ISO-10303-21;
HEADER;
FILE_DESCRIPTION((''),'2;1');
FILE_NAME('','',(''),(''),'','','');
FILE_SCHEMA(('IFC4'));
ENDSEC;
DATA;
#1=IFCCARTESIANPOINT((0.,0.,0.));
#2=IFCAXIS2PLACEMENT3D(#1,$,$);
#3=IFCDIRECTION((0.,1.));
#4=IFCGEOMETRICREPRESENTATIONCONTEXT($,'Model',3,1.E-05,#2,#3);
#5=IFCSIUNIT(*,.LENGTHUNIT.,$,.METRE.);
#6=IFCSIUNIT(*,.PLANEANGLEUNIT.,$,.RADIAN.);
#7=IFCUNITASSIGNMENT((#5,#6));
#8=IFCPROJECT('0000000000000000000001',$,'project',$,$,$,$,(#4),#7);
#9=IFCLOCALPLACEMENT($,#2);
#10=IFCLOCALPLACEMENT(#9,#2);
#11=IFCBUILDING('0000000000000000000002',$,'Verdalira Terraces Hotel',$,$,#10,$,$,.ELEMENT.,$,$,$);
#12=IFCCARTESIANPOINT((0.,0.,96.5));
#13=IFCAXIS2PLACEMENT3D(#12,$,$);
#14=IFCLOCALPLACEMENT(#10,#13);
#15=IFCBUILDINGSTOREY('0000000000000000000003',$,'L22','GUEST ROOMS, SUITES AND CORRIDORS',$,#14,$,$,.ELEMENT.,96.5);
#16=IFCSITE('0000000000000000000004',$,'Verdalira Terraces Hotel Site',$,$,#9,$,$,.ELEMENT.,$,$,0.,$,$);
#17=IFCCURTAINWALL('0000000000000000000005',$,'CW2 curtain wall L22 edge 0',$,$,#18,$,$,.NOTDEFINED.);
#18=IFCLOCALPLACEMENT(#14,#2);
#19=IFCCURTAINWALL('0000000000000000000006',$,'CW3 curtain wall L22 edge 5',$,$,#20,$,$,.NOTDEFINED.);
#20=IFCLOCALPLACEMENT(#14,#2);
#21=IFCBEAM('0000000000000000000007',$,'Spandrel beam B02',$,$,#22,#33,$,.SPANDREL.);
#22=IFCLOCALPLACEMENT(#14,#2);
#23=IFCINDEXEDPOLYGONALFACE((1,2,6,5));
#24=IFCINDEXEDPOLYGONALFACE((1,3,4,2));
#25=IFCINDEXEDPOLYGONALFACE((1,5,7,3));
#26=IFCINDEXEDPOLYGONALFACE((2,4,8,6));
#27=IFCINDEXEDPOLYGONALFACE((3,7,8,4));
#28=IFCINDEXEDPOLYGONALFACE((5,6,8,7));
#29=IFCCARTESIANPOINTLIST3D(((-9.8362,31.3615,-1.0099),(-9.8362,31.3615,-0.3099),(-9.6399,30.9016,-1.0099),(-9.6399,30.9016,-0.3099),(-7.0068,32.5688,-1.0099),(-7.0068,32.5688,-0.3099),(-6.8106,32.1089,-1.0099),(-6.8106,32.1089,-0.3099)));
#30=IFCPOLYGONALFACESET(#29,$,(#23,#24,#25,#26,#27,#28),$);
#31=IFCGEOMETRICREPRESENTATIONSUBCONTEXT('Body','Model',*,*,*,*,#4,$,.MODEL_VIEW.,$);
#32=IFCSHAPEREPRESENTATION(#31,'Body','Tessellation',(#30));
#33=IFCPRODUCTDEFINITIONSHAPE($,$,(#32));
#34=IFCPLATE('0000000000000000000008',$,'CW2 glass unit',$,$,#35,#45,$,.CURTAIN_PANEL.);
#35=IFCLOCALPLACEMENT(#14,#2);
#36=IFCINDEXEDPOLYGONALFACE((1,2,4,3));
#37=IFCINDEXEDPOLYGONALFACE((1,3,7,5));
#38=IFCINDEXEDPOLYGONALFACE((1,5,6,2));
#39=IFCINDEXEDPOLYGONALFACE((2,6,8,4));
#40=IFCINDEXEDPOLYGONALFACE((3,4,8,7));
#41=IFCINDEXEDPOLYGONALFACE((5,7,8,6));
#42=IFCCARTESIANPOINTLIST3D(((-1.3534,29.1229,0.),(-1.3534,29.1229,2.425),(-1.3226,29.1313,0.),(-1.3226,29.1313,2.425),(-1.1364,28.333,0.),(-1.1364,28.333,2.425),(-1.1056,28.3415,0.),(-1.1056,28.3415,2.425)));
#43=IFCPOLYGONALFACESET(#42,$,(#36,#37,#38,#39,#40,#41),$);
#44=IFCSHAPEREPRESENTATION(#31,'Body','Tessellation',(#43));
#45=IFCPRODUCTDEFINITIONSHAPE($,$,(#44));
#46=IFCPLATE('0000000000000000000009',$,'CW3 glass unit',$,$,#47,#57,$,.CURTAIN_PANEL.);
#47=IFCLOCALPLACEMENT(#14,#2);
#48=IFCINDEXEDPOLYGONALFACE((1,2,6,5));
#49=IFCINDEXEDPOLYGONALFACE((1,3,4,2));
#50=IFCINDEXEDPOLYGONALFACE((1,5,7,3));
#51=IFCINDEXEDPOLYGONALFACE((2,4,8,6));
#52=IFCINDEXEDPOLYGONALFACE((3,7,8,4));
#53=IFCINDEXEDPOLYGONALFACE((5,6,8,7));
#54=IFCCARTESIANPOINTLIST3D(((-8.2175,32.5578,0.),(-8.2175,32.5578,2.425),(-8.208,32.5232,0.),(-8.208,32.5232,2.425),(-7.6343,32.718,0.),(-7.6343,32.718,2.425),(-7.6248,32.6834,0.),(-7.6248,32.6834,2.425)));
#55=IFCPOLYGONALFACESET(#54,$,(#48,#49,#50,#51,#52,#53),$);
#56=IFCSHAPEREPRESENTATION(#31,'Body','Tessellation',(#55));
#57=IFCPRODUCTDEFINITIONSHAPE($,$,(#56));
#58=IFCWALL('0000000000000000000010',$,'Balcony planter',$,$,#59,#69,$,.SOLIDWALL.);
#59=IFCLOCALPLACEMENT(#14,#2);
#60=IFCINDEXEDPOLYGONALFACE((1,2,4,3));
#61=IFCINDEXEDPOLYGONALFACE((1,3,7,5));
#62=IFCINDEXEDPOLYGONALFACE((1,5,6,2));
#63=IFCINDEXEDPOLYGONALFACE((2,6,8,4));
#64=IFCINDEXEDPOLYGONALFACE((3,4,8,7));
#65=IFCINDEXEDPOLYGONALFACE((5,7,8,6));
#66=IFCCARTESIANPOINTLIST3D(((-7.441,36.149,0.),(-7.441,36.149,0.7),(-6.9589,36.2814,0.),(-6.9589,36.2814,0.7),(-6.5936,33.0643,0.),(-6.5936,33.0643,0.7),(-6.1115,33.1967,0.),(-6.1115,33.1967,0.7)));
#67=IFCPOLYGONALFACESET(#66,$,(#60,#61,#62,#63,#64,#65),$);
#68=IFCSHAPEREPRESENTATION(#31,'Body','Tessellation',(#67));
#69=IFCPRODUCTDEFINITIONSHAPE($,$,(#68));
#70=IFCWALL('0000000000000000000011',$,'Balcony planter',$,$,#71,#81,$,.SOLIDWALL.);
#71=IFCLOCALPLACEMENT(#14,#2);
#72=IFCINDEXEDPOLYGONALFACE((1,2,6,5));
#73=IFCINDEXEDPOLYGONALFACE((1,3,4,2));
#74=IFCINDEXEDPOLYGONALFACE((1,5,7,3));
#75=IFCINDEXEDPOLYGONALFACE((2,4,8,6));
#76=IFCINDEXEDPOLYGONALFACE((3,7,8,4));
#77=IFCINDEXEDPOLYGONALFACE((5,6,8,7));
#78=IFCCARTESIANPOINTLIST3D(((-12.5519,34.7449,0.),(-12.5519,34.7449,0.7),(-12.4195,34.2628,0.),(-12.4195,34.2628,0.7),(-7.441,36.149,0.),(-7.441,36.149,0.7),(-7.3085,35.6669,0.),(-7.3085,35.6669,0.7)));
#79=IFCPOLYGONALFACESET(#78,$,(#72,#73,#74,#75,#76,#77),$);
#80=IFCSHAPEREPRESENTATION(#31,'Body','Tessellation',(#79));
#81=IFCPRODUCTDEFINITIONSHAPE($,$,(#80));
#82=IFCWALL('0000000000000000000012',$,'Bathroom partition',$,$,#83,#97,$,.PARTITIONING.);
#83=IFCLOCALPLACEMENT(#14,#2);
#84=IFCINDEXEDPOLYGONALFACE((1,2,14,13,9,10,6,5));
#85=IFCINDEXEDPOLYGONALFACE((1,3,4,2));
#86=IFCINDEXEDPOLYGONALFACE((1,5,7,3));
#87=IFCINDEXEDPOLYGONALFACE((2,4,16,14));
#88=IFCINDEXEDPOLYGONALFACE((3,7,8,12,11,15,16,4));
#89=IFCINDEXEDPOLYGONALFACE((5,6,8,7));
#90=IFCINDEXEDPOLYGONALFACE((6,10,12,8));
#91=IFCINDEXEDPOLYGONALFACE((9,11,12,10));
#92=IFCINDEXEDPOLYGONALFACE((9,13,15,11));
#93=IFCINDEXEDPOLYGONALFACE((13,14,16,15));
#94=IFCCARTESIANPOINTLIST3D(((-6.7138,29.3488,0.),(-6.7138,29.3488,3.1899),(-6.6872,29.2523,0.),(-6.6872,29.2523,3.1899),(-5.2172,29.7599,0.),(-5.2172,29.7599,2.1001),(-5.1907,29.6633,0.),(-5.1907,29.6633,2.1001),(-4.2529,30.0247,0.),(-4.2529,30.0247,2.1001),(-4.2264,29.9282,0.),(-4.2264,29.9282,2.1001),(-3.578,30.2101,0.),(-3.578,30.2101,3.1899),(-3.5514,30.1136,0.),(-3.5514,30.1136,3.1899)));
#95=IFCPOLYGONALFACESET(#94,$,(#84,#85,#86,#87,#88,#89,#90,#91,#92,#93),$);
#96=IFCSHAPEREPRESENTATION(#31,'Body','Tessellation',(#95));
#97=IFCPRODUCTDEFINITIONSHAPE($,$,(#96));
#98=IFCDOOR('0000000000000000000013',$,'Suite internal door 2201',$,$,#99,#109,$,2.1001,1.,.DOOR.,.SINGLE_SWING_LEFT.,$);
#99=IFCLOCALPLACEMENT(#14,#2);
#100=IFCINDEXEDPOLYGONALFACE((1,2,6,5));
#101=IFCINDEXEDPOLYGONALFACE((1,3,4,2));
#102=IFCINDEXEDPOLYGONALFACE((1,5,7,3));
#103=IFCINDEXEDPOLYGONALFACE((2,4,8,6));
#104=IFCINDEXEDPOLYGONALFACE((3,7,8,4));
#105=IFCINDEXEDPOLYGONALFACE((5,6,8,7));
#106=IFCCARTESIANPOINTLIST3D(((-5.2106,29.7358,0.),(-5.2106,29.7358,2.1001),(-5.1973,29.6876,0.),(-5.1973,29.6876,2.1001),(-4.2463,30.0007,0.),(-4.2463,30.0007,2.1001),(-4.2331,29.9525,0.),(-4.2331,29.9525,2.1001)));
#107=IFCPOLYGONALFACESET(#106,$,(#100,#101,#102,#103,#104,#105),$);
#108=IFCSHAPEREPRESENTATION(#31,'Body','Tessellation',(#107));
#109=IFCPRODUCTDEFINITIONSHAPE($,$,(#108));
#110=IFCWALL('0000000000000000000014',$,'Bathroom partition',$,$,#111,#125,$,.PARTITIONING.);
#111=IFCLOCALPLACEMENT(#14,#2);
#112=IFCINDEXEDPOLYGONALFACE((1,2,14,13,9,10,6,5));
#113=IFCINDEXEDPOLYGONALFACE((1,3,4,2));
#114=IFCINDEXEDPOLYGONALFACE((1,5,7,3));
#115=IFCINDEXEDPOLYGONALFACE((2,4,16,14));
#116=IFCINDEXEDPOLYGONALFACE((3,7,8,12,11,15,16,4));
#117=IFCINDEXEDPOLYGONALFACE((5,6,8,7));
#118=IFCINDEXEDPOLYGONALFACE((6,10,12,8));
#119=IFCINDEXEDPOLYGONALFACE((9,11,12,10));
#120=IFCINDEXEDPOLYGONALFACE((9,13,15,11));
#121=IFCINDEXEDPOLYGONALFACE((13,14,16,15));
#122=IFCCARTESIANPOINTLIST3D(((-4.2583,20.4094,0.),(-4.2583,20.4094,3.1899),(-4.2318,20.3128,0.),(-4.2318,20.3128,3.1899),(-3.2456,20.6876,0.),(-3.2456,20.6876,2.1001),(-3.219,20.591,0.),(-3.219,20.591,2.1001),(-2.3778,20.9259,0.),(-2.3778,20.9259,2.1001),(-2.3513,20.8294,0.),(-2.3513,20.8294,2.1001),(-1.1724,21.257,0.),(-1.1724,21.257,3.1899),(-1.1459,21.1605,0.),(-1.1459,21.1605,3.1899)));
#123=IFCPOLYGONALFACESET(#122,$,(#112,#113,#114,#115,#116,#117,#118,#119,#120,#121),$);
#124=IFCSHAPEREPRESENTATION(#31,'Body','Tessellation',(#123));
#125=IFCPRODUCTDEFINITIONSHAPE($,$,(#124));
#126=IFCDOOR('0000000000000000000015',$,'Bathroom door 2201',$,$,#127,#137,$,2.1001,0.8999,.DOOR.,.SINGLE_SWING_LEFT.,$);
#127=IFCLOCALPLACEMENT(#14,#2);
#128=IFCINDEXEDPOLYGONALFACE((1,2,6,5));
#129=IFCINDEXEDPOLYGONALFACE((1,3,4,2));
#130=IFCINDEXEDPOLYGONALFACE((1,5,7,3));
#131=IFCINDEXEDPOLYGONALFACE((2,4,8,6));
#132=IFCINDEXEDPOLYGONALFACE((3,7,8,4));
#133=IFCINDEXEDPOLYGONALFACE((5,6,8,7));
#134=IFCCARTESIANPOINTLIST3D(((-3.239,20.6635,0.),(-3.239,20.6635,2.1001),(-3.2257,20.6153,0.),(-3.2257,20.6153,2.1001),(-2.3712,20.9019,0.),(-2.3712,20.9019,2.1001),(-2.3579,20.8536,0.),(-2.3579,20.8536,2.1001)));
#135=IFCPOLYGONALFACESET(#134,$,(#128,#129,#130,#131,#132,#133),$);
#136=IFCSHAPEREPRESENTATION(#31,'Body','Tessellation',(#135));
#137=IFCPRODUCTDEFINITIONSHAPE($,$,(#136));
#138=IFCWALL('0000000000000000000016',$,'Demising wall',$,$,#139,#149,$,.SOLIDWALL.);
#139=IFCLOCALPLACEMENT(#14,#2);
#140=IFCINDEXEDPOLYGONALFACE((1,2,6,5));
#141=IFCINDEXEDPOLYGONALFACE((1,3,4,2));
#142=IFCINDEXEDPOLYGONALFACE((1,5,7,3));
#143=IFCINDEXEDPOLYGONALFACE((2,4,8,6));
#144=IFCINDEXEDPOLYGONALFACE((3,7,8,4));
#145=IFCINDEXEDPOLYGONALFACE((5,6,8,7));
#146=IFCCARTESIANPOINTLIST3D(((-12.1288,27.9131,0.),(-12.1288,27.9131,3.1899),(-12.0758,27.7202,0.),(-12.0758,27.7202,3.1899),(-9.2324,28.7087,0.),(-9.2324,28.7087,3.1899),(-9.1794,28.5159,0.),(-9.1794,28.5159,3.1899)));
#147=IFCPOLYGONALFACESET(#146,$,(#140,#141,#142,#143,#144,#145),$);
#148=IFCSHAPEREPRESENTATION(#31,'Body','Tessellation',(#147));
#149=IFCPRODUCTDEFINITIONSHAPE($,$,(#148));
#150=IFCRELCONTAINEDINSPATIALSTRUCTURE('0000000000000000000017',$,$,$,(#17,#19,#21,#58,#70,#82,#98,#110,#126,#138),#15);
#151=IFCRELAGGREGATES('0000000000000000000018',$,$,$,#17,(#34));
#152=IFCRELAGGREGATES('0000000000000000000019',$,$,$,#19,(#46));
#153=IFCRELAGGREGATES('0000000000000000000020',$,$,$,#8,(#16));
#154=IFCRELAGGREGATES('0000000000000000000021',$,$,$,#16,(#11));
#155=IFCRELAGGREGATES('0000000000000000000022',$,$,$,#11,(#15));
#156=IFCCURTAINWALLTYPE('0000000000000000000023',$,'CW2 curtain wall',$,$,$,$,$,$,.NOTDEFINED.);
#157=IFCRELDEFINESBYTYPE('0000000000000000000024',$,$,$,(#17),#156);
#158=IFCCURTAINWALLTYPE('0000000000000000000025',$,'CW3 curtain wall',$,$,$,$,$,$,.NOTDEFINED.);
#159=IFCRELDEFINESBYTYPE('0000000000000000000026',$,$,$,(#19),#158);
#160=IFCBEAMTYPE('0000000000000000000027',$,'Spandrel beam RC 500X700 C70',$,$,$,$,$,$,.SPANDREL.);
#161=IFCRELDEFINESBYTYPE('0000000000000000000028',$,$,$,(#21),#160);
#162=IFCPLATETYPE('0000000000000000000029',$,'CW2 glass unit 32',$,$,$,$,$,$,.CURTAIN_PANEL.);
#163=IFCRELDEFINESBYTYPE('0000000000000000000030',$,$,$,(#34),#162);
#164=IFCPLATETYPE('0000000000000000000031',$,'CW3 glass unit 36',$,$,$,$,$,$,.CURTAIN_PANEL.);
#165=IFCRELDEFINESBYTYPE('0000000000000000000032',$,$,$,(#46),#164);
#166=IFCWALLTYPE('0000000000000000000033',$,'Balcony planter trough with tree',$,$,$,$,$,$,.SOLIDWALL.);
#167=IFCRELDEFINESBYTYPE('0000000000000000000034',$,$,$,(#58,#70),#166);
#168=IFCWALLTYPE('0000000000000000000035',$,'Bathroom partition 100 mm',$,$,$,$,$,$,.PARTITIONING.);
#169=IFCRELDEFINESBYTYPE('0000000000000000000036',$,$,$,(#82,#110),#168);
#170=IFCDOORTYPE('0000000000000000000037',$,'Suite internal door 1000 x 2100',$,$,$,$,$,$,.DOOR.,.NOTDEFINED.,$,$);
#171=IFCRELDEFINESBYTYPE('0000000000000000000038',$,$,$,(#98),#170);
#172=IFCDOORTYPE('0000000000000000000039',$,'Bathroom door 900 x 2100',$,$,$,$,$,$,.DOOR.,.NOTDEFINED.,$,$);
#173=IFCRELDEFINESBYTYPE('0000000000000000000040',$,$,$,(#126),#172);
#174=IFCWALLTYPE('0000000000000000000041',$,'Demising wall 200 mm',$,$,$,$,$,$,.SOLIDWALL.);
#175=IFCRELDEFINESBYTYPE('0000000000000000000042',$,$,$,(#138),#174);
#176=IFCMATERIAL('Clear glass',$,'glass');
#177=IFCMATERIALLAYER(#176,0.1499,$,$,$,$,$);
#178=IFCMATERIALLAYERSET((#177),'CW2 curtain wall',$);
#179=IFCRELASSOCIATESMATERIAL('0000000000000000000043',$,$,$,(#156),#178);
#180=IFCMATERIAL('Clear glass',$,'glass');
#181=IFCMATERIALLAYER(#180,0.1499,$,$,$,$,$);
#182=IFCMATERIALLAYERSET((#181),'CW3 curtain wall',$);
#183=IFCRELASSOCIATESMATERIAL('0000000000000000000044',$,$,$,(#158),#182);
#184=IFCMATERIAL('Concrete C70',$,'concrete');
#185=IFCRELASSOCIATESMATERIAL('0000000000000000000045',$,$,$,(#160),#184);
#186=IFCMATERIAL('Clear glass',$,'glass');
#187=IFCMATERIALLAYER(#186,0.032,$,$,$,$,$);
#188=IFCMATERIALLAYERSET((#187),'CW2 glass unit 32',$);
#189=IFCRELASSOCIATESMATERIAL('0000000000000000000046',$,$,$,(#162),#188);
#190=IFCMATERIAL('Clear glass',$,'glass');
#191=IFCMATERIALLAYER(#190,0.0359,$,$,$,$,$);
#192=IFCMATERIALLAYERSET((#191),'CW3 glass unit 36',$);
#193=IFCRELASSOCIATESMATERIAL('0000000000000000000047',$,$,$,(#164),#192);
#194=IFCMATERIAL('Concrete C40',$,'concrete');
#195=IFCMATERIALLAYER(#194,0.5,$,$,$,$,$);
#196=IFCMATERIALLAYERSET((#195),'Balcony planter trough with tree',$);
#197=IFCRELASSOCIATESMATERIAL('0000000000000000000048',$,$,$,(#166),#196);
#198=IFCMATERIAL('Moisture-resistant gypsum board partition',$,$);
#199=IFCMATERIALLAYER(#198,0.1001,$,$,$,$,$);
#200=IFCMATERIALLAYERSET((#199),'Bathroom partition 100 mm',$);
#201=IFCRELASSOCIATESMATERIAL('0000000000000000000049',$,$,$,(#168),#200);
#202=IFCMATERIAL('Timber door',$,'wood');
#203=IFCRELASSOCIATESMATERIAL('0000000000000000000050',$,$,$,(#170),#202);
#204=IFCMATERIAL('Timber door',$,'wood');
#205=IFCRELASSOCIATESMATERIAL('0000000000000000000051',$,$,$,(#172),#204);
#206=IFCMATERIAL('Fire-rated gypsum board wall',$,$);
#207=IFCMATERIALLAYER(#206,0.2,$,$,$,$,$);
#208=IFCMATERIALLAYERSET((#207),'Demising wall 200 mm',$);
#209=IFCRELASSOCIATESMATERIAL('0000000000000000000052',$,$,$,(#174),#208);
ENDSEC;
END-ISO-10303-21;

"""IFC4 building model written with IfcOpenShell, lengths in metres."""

from ifc_helpers import new_model, si_unit, direction, frame, frame_2d, origin, origin_2d, place, context, subcontext, project, spatial, rectangle, extrude, material, layer, layer_set, material_profile, profile_set, type_object, element, fill, aggregate, save


model = new_model("IFC4")

# Units and contexts
model_context = context("Model", 3, precision=1e-05, world=origin(), true_north=direction((0.0, 1.0)))
body_context = subcontext(model_context, "Body", "Model", "MODEL_VIEW")
ifc_project = project(units=[si_unit("LENGTHUNIT", "METRE"), si_unit("PLANEANGLEUNIT", "RADIAN")], contexts=[model_context])

# Site, building, storey
site_placement = place(None, origin())
site = spatial("IfcSite", under=ifc_project, at=site_placement, Name="Verdalira Terraces Hotel Site", CompositionType="ELEMENT", RefElevation=0.0)
building_placement = place(site_placement, origin())
building = spatial("IfcBuilding", under=site, at=building_placement, Name="Verdalira Terraces Hotel", CompositionType="ELEMENT")
storey_placement = place(building_placement, frame((0.0, 0.0, 96.5)))
storey = spatial("IfcBuildingStorey", under=building, at=storey_placement, Name="L22", Description="GUEST ROOMS, SUITES AND CORRIDORS", CompositionType="ELEMENT", Elevation=96.5)

# Curtain wall
ifc_material_1 = material(Name="Clear glass", Category="glass")
ifc_layer_1 = layer(ifc_material_1, 0.1499)
ifc_layer_set_1 = layer_set([ifc_layer_1], Name="CW2 curtain wall")
curtain_wall_type_1 = type_object("IfcCurtainWallType", Name="CW2 curtain wall", PredefinedType="NOTDEFINED", material=ifc_layer_set_1)
curtain_wall_1_placement = place(storey_placement, origin())
curtain_wall_1 = element("IfcCurtainWall", 1, at=curtain_wall_1_placement, inside=storey, type_object=curtain_wall_type_1, Name="CW2 curtain wall L22 edge 0", PredefinedType="NOTDEFINED")

# Curtain wall
ifc_material_2 = material(Name="Clear glass", Category="glass")
ifc_layer_2 = layer(ifc_material_2, 0.1499)
ifc_layer_set_2 = layer_set([ifc_layer_2], Name="CW3 curtain wall")
curtain_wall_type_2 = type_object("IfcCurtainWallType", Name="CW3 curtain wall", PredefinedType="NOTDEFINED", material=ifc_layer_set_2)
curtain_wall_2_placement = place(storey_placement, origin())
curtain_wall_2 = element("IfcCurtainWall", 2, at=curtain_wall_2_placement, inside=storey, type_object=curtain_wall_type_2, Name="CW3 curtain wall L22 edge 5", PredefinedType="NOTDEFINED")

# Beam
ifc_material_3 = material(Name="Concrete C70", Category="concrete")
ifc_material_profile_1 = material_profile(ifc_material_3, rectangle(XDim=0.5, YDim=0.7, at=origin_2d()), Name="RC 500X700")
ifc_profile_set_1 = profile_set([ifc_material_profile_1], Name="Concrete C70")
beam_type_1 = type_object("IfcBeamType", Name="Spandrel beam RC 500X700 C70", PredefinedType="SPANDREL", material=ifc_profile_set_1)
beam_1_placement = place(storey_placement, frame((-6.9087, 32.3389, -0.6599), z_axis=(-0.919768, -0.392463, 0.0), x_axis=(0.392463, -0.919768, 0.0)))
element("IfcBeam", 3, at=beam_1_placement, inside=storey, type_object=beam_type_1, Name="Spandrel beam B02", PredefinedType="SPANDREL", context=body_context, shape_type="SweptSolid", body=[
    extrude(rectangle(XDim=0.5, YDim=0.7, at=origin_2d()), origin(), (0.0, 0.0, 1.0), 3.0762),
])

# Plates
ifc_material_4 = material(Name="Clear glass", Category="glass")
ifc_layer_3 = layer(ifc_material_4, 0.032)
ifc_layer_set_3 = layer_set([ifc_layer_3], Name="CW2 glass unit 32")
plate_type_1 = type_object("IfcPlateType", Name="CW2 glass unit 32", PredefinedType="CURTAIN_PANEL", material=ifc_layer_set_3)
plate_1_placement = place(storey_placement, frame((-1.2295, 28.7322, 0.0), z_axis=(0.0, 0.0, 1.0), x_axis=(-0.264883, 0.964281, 0.0)))
plate_1 = element("IfcPlate", 4, at=plate_1_placement, type_object=plate_type_1, Name="CW2 glass unit", PredefinedType="CURTAIN_PANEL", context=body_context, shape_type="SweptSolid", body=[
    extrude(rectangle(XDim=0.8191, YDim=0.032, at=origin_2d()), origin(), (0.0, 0.0, 1.0), 2.425),
])
aggregate(curtain_wall_1, [plate_1])
ifc_material_5 = material(Name="Clear glass", Category="glass")
ifc_layer_4 = layer(ifc_material_5, 0.0359)
ifc_layer_set_4 = layer_set([ifc_layer_4], Name="CW3 glass unit 36")
plate_type_2 = type_object("IfcPlateType", Name="CW3 glass unit 36", PredefinedType="CURTAIN_PANEL", material=ifc_layer_set_4)
plate_2_placement = place(storey_placement, frame((-7.9211, 32.6206, 0.0), z_axis=(0.0, 0.0, 1.0), x_axis=(-0.964281, -0.264883, 0.0)))
plate_2 = element("IfcPlate", 5, at=plate_2_placement, type_object=plate_type_2, Name="CW3 glass unit", PredefinedType="CURTAIN_PANEL", context=body_context, shape_type="SweptSolid", body=[
    extrude(rectangle(XDim=0.6047, YDim=0.0359, at=origin_2d()), origin(), (0.0, 0.0, 1.0), 2.425),
])
aggregate(curtain_wall_2, [plate_2])

# Walls
ifc_material_6 = material(Name="Concrete C40", Category="concrete")
ifc_layer_5 = layer(ifc_material_6, 0.5)
ifc_layer_set_5 = layer_set([ifc_layer_5], Name="Balcony planter trough with tree")
wall_type_1 = type_object("IfcWallType", Name="Balcony planter trough with tree", PredefinedType="SOLIDWALL", material=ifc_layer_set_5)
wall_1_placement = place(storey_placement, frame((-6.3525, 33.1304, 0.0), z_axis=(0.0, 0.0, 1.0), x_axis=(-0.264899, 0.964276, 0.0)))
element("IfcWall", 6, at=wall_1_placement, inside=storey, type_object=wall_type_1, Name="Balcony planter", PredefinedType="SOLIDWALL", context=body_context, shape_type="SweptSolid", body=[
    extrude(rectangle(XDim=3.199, YDim=0.5, at=frame_2d((1.5996, 0.0))), origin(), (0.0, 0.0, 1.0), 0.7),
])
wall_2_placement = place(storey_placement, frame((-7.3748, 35.908, 0.0), z_axis=(0.0, 0.0, 1.0), x_axis=(-0.964274, -0.264906, 0.0)))
element("IfcWall", 7, at=wall_2_placement, inside=storey, type_object=wall_type_1, Name="Balcony planter", PredefinedType="SOLIDWALL", context=body_context, shape_type="SweptSolid", body=[
    extrude(rectangle(XDim=5.3003, YDim=0.5, at=frame_2d((2.6501, 0.0))), origin(), (0.0, 0.0, 1.0), 0.7),
])

# Walls, openings, doors
ifc_material_7 = material(Name="Moisture-resistant gypsum board partition")
ifc_layer_6 = layer(ifc_material_7, 0.1001)
ifc_layer_set_6 = layer_set([ifc_layer_6], Name="Bathroom partition 100 mm")
wall_type_2 = type_object("IfcWallType", Name="Bathroom partition 100 mm", PredefinedType="PARTITIONING", material=ifc_layer_set_6)
wall_3_placement = place(storey_placement, frame((-3.5647, 30.1619, 0.0), z_axis=(0.0, 0.0, 1.0), x_axis=(-0.964284, -0.26487, 0.0)))
wall_3 = element("IfcWall", 8, at=wall_3_placement, inside=storey, type_object=wall_type_2, Name="Bathroom partition", PredefinedType="PARTITIONING", context=body_context, shape_type="SweptSolid", body=[
    extrude(rectangle(XDim=3.252, YDim=0.1001, at=frame_2d((1.626, 0.0))), origin(), (0.0, 0.0, 1.0), 3.1899),
])
opening_1_placement = place(wall_3_placement, frame((0.7, 0.0, 0.0)))
opening_1 = element("IfcOpeningElement", 9, at=opening_1_placement, cuts=wall_3, PredefinedType="OPENING", context=body_context, shape_type="SweptSolid", body=[
    extrude(rectangle(XDim=1.0, YDim=2.1001, at=frame_2d((0.5, 1.05))), frame((0.0, 0.0601, 0.0), z_axis=(0.0, -1.0, 0.0), x_axis=(1.0, 0.0, 0.0)), (0.0, 0.0, 1.0), 0.1201),
])
ifc_material_8 = material(Name="Timber door", Category="wood")
door_type_1 = type_object("IfcDoorType", Name="Suite internal door 1000 x 2100", OperationType="NOTDEFINED", PredefinedType="DOOR", material=ifc_material_8)
door_1_placement = place(opening_1_placement, origin())
door_1 = element("IfcDoor", 10, at=door_1_placement, inside=storey, type_object=door_type_1, Name="Suite internal door 2201", OperationType="SINGLE_SWING_LEFT", OverallHeight=2.1001, OverallWidth=1.0, PredefinedType="DOOR", context=body_context, shape_type="SweptSolid", body=[
    extrude(rectangle(XDim=1.0, YDim=2.1001, at=frame_2d((0.5, 1.05))), frame((0.0, 0.0249, 0.0), z_axis=(0.0, -1.0, 0.0), x_axis=(1.0, 0.0, 0.0)), (0.0, 0.0, 1.0), 0.05),
])
fill(opening_1, door_1)
wall_4_placement = place(storey_placement, frame((-1.1592, 21.2087, 0.0), z_axis=(0.0, 0.0, 1.0), x_axis=(-0.964283, -0.264873, 0.0)))
wall_4 = element("IfcWall", 11, at=wall_4_placement, inside=storey, type_object=wall_type_2, Name="Bathroom partition", PredefinedType="PARTITIONING", context=body_context, shape_type="SweptSolid", body=[
    extrude(rectangle(XDim=3.2002, YDim=0.1001, at=frame_2d((1.6001, 0.0))), origin(), (0.0, 0.0, 1.0), 3.1899),
])
opening_2_placement = place(wall_4_placement, frame((1.25, 0.0, 0.0)))
opening_2 = element("IfcOpeningElement", 12, at=opening_2_placement, cuts=wall_4, PredefinedType="OPENING", context=body_context, shape_type="SweptSolid", body=[
    extrude(rectangle(XDim=0.8999, YDim=2.1001, at=frame_2d((0.45, 1.05))), frame((0.0, 0.0601, 0.0), z_axis=(0.0, -1.0, 0.0), x_axis=(1.0, 0.0, 0.0)), (0.0, 0.0, 1.0), 0.1201),
])
ifc_material_9 = material(Name="Timber door", Category="wood")
door_type_2 = type_object("IfcDoorType", Name="Bathroom door 900 x 2100", OperationType="NOTDEFINED", PredefinedType="DOOR", material=ifc_material_9)
door_2_placement = place(opening_2_placement, origin())
door_2 = element("IfcDoor", 13, at=door_2_placement, inside=storey, type_object=door_type_2, Name="Bathroom door 2201", OperationType="SINGLE_SWING_LEFT", OverallHeight=2.1001, OverallWidth=0.8999, PredefinedType="DOOR", context=body_context, shape_type="SweptSolid", body=[
    extrude(rectangle(XDim=0.8999, YDim=2.1001, at=frame_2d((0.45, 1.05))), frame((0.0, 0.0249, 0.0), z_axis=(0.0, -1.0, 0.0), x_axis=(1.0, 0.0, 0.0)), (0.0, 0.0, 1.0), 0.05),
])
fill(opening_2, door_2)

# Wall
ifc_material_10 = material(Name="Fire-rated gypsum board wall")
ifc_layer_7 = layer(ifc_material_10, 0.2)
ifc_layer_set_7 = layer_set([ifc_layer_7], Name="Demising wall 200 mm")
wall_type_3 = type_object("IfcWallType", Name="Demising wall 200 mm", PredefinedType="SOLIDWALL", material=ifc_layer_set_7)
wall_5_placement = place(storey_placement, frame((-9.2058, 28.6123, 0.0), z_axis=(0.0, 0.0, 1.0), x_axis=(-0.96428, -0.264884, 0.0)))
element("IfcWall", 14, at=wall_5_placement, inside=storey, type_object=wall_type_3, Name="Demising wall", PredefinedType="SOLIDWALL", context=body_context, shape_type="SweptSolid", body=[
    extrude(rectangle(XDim=3.0037, YDim=0.2, at=frame_2d((1.502, 0.0))), origin(), (0.0, 0.0, 1.0), 3.1899),
])

save(model, "model.ifc")
